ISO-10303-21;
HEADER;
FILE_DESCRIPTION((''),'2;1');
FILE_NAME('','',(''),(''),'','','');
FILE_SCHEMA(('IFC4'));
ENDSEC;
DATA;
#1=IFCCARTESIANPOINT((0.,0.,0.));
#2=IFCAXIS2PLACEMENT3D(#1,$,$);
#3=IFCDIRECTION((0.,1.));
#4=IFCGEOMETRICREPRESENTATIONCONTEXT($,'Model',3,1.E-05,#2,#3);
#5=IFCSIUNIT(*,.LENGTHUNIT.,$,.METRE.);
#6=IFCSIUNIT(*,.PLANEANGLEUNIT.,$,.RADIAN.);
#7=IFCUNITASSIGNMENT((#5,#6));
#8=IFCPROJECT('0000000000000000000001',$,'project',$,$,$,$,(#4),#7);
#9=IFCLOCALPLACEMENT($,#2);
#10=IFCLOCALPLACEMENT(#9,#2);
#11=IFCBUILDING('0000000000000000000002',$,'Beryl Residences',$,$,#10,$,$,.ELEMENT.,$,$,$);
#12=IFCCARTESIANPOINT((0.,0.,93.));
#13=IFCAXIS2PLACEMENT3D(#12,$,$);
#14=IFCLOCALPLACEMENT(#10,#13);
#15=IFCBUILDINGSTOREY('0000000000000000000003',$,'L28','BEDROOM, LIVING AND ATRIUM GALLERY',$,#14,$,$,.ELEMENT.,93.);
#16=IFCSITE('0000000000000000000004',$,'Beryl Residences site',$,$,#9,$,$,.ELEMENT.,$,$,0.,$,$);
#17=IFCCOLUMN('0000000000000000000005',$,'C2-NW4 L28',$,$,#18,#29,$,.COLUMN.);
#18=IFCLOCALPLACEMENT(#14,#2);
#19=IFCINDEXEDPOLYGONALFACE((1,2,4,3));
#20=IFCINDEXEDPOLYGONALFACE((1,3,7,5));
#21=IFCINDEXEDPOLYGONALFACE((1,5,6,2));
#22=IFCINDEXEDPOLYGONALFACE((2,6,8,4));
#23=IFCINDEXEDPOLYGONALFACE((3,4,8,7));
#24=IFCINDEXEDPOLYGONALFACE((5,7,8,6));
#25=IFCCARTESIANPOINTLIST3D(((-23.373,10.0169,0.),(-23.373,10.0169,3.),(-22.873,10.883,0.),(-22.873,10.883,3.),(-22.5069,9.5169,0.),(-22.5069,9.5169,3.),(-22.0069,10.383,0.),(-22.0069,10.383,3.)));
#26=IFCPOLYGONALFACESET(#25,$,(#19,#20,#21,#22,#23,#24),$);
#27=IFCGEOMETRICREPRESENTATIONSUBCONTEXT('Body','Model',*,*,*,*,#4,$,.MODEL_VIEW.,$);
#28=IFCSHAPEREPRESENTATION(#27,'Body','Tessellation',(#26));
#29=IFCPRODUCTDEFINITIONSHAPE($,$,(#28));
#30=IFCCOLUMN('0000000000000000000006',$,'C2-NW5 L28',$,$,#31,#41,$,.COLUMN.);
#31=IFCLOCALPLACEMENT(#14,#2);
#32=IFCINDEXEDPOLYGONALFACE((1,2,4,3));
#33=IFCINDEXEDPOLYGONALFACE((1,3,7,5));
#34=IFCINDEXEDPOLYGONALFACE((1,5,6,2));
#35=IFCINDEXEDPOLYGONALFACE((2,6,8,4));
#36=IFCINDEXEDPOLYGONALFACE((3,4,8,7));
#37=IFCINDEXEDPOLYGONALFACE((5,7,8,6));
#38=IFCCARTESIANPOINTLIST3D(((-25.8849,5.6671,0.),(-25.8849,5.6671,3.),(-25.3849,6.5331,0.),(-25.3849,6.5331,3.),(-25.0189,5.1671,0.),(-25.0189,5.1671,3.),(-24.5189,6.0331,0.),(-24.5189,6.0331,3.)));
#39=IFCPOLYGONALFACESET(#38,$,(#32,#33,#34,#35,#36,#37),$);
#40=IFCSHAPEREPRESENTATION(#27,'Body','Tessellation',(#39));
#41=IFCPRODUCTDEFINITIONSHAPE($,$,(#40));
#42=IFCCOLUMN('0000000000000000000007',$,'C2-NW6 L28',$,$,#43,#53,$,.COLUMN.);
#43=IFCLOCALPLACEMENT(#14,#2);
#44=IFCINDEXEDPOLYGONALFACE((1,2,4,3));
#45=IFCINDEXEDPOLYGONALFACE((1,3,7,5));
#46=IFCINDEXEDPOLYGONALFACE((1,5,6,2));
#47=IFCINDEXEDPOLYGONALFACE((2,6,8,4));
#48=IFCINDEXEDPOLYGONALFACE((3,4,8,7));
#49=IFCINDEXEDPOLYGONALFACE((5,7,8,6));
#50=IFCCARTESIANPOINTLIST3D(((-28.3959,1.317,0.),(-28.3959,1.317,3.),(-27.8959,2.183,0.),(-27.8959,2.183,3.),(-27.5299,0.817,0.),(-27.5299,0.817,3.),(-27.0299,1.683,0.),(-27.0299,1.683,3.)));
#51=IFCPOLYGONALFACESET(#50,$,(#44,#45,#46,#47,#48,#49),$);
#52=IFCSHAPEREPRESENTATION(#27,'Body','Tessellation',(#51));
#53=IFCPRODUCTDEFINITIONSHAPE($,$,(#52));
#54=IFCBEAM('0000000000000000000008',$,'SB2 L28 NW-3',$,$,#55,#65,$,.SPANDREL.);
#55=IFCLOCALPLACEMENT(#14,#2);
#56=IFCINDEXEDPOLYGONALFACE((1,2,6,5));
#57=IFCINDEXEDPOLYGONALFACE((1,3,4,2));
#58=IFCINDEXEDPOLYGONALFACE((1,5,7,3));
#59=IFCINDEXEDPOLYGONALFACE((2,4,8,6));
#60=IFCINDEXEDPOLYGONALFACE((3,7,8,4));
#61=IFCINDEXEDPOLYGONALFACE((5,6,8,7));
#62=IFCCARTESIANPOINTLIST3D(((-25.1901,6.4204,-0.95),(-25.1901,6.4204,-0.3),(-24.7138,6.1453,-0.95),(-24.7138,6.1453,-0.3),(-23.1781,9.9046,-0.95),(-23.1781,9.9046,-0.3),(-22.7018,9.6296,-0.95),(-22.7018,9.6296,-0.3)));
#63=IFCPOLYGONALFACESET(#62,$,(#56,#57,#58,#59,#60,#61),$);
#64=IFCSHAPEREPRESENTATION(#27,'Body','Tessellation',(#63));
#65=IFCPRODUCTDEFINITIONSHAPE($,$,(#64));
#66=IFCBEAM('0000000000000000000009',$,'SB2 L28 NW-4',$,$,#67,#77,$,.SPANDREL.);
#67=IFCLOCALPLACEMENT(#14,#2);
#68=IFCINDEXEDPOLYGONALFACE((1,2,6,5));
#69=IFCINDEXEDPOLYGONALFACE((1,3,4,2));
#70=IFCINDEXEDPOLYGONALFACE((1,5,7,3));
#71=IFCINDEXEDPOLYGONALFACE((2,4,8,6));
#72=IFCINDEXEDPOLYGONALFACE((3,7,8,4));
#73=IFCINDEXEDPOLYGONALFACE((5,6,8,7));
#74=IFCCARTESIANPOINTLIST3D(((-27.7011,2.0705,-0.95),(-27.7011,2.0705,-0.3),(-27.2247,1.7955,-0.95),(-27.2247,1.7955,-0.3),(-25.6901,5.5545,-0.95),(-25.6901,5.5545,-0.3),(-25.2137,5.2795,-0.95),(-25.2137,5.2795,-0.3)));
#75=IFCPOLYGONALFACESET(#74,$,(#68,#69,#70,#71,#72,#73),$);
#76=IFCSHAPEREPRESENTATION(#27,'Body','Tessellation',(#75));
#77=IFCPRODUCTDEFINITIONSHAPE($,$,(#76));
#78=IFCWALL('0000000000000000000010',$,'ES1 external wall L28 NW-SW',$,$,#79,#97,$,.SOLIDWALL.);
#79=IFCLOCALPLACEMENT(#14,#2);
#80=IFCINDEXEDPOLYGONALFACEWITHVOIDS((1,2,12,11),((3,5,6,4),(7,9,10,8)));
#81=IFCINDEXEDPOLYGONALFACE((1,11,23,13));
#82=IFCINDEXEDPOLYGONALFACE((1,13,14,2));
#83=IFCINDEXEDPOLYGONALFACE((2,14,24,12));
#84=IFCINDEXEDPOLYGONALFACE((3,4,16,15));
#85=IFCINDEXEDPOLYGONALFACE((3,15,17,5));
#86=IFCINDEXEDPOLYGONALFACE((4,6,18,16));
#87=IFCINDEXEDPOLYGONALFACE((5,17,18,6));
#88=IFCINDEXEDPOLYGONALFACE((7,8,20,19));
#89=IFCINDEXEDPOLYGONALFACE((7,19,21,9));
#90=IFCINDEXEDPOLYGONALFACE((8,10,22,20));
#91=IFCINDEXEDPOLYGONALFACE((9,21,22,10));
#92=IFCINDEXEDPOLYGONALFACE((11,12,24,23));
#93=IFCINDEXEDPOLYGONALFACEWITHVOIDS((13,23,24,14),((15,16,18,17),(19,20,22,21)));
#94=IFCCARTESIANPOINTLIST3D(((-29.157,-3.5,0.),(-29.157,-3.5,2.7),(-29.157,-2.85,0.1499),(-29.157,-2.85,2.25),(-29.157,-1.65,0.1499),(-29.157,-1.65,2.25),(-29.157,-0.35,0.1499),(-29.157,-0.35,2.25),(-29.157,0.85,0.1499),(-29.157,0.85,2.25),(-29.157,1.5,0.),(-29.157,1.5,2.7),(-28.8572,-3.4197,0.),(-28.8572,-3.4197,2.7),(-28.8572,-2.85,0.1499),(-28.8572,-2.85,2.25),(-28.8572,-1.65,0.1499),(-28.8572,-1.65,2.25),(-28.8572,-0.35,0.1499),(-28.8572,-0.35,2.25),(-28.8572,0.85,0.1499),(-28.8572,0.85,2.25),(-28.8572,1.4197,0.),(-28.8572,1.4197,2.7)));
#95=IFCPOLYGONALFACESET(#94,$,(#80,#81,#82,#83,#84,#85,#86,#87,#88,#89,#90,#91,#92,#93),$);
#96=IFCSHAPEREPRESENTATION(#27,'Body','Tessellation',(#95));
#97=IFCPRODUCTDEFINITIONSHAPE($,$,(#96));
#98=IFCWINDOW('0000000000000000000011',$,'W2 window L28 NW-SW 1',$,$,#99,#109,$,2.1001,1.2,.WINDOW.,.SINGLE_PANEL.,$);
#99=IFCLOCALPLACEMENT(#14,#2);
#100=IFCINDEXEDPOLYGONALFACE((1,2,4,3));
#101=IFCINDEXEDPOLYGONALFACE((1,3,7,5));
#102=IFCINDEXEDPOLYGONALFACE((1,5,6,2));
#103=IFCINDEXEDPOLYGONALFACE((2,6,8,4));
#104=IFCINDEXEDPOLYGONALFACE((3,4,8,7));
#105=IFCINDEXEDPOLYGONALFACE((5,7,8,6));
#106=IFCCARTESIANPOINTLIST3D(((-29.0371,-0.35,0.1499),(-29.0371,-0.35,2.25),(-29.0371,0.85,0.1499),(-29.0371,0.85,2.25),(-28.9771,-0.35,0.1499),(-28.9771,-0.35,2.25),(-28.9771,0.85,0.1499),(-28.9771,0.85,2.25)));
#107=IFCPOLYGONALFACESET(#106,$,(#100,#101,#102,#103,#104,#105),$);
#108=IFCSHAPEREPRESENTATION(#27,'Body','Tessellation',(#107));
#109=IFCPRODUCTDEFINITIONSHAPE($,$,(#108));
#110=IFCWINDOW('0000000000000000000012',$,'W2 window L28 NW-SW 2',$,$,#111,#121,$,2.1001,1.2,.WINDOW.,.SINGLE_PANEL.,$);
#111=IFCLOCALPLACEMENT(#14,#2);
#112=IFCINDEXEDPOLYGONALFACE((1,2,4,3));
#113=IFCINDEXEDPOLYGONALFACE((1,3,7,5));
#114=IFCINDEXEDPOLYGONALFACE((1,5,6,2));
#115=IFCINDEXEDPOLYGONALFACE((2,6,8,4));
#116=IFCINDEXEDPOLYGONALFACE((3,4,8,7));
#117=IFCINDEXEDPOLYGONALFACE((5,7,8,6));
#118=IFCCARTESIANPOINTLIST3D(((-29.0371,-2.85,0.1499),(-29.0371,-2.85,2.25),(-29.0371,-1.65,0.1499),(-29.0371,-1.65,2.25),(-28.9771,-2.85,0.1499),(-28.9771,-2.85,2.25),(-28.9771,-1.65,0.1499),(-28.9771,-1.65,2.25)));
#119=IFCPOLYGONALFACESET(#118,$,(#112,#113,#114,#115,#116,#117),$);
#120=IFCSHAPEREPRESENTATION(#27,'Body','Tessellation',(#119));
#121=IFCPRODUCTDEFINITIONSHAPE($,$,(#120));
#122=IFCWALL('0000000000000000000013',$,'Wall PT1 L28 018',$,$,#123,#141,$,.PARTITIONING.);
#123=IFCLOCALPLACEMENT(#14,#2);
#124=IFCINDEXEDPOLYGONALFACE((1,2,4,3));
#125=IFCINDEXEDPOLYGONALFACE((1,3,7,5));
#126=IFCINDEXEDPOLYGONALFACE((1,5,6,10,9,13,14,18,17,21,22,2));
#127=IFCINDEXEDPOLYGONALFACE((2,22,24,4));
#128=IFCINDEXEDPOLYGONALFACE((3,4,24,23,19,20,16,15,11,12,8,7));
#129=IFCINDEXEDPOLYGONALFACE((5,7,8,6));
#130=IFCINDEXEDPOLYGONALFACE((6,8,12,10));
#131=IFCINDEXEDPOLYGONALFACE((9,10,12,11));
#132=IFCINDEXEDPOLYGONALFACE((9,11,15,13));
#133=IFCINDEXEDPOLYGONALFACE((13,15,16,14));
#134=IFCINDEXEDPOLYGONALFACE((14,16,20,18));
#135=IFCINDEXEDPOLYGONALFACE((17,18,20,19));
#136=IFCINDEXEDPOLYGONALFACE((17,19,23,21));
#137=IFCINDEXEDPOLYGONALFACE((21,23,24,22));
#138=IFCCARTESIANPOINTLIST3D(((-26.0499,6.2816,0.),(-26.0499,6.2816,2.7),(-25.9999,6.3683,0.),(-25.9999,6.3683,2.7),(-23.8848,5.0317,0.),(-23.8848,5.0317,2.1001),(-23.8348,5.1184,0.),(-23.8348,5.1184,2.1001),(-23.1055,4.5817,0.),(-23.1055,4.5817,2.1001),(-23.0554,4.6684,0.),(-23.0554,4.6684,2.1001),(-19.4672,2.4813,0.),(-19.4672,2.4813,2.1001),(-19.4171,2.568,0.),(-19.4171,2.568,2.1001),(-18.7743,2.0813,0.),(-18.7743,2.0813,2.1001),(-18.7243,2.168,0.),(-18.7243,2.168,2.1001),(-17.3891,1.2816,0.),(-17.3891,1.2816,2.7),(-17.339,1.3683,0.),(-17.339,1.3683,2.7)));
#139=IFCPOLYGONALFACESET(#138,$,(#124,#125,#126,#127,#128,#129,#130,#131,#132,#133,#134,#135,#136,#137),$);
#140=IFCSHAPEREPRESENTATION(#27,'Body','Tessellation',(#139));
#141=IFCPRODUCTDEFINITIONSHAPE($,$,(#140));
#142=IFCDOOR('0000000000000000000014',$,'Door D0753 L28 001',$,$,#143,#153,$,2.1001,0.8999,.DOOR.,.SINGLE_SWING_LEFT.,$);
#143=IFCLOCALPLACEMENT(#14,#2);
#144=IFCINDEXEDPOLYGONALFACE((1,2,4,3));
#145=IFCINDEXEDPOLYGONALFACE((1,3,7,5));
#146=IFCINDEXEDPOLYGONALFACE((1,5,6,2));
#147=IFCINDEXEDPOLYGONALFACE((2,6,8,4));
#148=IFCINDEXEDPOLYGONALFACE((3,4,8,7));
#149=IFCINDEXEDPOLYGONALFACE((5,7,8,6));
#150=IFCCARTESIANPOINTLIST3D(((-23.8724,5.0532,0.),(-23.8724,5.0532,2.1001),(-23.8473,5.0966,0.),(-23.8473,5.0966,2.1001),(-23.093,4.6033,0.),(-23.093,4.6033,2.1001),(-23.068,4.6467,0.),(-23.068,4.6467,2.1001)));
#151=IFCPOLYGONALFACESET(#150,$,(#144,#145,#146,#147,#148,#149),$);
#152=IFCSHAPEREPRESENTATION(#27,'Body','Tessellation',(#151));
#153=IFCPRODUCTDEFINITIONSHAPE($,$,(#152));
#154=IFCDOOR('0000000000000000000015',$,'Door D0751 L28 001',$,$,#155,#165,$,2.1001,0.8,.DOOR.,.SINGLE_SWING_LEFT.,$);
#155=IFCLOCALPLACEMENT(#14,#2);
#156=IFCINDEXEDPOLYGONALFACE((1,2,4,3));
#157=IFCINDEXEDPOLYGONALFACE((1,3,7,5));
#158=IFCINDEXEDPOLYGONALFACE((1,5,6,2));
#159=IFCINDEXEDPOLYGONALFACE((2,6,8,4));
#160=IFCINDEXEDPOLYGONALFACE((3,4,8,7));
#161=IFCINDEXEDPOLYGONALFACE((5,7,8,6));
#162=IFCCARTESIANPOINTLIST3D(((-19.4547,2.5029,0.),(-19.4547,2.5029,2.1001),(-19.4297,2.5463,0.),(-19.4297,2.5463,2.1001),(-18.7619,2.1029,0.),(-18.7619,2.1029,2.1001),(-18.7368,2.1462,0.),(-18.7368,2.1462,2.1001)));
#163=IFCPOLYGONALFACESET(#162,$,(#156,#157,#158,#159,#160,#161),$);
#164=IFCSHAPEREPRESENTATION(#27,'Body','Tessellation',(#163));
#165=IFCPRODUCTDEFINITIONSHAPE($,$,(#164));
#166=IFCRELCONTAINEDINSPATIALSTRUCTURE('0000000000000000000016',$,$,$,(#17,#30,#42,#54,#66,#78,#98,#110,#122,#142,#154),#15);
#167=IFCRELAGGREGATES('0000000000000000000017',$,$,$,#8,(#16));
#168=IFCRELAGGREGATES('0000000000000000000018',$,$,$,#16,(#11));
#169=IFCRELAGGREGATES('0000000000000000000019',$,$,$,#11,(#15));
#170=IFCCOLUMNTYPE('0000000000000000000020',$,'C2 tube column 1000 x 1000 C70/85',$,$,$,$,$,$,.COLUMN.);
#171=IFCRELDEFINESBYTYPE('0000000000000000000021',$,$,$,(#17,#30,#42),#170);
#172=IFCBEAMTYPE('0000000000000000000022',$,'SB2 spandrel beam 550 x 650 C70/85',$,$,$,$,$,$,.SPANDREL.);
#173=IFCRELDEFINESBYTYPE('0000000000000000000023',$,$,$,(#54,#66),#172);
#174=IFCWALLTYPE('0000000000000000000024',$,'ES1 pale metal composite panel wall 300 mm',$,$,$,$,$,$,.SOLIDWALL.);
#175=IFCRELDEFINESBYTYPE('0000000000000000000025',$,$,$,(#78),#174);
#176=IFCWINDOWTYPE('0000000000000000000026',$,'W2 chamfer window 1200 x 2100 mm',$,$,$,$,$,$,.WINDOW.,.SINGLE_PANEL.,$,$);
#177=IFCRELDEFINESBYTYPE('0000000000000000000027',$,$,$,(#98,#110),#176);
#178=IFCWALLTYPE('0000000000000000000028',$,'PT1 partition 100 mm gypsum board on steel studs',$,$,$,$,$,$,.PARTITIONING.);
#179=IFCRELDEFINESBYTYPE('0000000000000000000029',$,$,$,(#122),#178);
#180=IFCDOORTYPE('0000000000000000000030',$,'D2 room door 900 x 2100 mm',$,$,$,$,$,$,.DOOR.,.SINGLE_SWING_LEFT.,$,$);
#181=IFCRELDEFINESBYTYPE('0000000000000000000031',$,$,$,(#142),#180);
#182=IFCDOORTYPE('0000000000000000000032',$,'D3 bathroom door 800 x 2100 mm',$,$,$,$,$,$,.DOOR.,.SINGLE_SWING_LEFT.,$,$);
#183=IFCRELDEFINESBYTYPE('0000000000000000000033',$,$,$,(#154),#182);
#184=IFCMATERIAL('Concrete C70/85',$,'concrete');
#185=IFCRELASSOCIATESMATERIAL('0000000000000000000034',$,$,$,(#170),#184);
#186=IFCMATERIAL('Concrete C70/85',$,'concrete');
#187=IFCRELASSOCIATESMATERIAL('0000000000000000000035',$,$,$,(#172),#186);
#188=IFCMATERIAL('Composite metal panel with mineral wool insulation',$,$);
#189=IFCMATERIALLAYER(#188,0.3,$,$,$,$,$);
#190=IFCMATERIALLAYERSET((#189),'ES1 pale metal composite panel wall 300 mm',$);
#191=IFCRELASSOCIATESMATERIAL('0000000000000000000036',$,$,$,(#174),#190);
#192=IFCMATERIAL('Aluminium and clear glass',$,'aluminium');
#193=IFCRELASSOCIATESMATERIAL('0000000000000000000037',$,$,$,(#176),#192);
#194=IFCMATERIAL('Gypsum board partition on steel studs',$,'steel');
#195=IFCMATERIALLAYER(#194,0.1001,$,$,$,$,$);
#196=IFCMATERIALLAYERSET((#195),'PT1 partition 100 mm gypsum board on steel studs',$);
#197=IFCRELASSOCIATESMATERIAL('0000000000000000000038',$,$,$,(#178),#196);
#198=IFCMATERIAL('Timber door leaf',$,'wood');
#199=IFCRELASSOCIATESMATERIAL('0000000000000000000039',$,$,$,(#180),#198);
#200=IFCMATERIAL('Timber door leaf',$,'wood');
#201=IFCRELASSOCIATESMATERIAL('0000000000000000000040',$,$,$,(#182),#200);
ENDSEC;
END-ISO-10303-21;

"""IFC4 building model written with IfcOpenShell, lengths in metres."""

from ifc_helpers import new_model, si_unit, direction, frame, frame_2d, origin, origin_2d, place, context, subcontext, project, spatial, polyline, rectangle, outline, extrude, material, layer, layer_set, material_profile, profile_set, type_object, element, fill, save


model = new_model("IFC4")

# Units and contexts
model_context = context("Model", 3, precision=1e-05, world=origin(), true_north=direction((0.0, 1.0)))
body_context = subcontext(model_context, "Body", "Model", "MODEL_VIEW")
ifc_project = project(units=[si_unit("LENGTHUNIT", "METRE"), si_unit("PLANEANGLEUNIT", "RADIAN")], contexts=[model_context])

# Site, building, storey
site_placement = place(None, origin())
site = spatial("IfcSite", under=ifc_project, at=site_placement, Name="Beryl Residences site", CompositionType="ELEMENT", RefElevation=0.0)
building_placement = place(site_placement, origin())
building = spatial("IfcBuilding", under=site, at=building_placement, Name="Beryl Residences", CompositionType="ELEMENT")
storey_placement = place(building_placement, frame((0.0, 0.0, 93.0)))
storey = spatial("IfcBuildingStorey", under=building, at=storey_placement, Name="L28", Description="BEDROOM, LIVING AND ATRIUM GALLERY", CompositionType="ELEMENT", Elevation=93.0)

# Columns
ifc_material_1 = material(Name="Concrete C70/85", Category="concrete")
ifc_material_profile_1 = material_profile(ifc_material_1, rectangle(XDim=1.0, YDim=1.0, at=origin_2d()))
ifc_profile_set_1 = profile_set([ifc_material_profile_1], Name="Concrete C70/85")
column_type = type_object("IfcColumnType", Name="C2 tube column 1000 x 1000 C70/85", PredefinedType="COLUMN", material=ifc_profile_set_1)
for number, where, z_axis, x_axis, name in (
    (1, (-22.6899, 10.2, 0.0), (0.0, 0.0, 1.0), (-0.5, -0.866025, 0.0), "C2-NW4 L28"),
    (2, (-25.2019, 5.8501, 0.0), (0.0, 0.0, 1.0), (-0.5, -0.866025, 0.0), "C2-NW5 L28"),
    (3, (-27.7129, 1.5, 0.0), (0.0, 0.0, 1.0), (-0.5, -0.866025, 0.0), "C2-NW6 L28"),
):
    element("IfcColumn", number, at=place(storey_placement, frame(where, z_axis=z_axis, x_axis=x_axis)), inside=storey, type_object=column_type, Name=name, PredefinedType="COLUMN", context=body_context, shape_type="SweptSolid", body=[
        extrude(rectangle(XDim=1.0, YDim=1.0, at=origin_2d()), origin(), (0.0, 0.0, 1.0), 3.0),
    ])

# Beams
ifc_material_2 = material(Name="Concrete C70/85", Category="concrete")
ifc_material_profile_2 = material_profile(ifc_material_2, rectangle(XDim=0.55, YDim=0.6499, at=origin_2d()))
ifc_profile_set_2 = profile_set([ifc_material_profile_2], Name="Concrete C70/85")
beam_type = type_object("IfcBeamType", Name="SB2 spandrel beam 550 x 650 C70/85", PredefinedType="SPANDREL", material=ifc_profile_set_2)
beam_1_placement = place(storey_placement, frame((-22.9399, 9.7671, -0.625), z_axis=(-0.500074, -0.865982, 0.0), x_axis=(0.865982, -0.500074, 0.0)))
element("IfcBeam", 4, at=beam_1_placement, inside=storey, type_object=beam_type, Name="SB2 L28 NW-3", PredefinedType="SPANDREL", context=body_context, shape_type="SweptSolid", body=[
    extrude(rectangle(XDim=0.55, YDim=0.6499, at=origin_2d()), origin(), (0.0, 0.0, 1.0), 4.0234),
])
beam_2_placement = place(storey_placement, frame((-25.4519, 5.417, -0.625), z_axis=(-0.499919, -0.866072, 0.0), x_axis=(0.866072, -0.499919, 0.0)))
element("IfcBeam", 5, at=beam_2_placement, inside=storey, type_object=beam_type, Name="SB2 L28 NW-4", PredefinedType="SPANDREL", context=body_context, shape_type="SweptSolid", body=[
    extrude(rectangle(XDim=0.55, YDim=0.6499, at=origin_2d()), origin(), (0.0, 0.0, 1.0), 4.0227),
])

# Wall, openings, windows
ifc_material_3 = material(Name="Composite metal panel with mineral wool insulation")
ifc_layer_1 = layer(ifc_material_3, 0.3)
ifc_layer_set_1 = layer_set([ifc_layer_1], Name="ES1 pale metal composite panel wall 300 mm")
wall_type_1 = type_object("IfcWallType", Name="ES1 pale metal composite panel wall 300 mm", PredefinedType="SOLIDWALL", material=ifc_layer_set_1)
wall_1_placement = place(storey_placement, frame((-29.0071, 1.5, 0.0), z_axis=(0.0, 0.0, 1.0), x_axis=(0.0, -1.0, 0.0)))
wall_1 = element("IfcWall", 6, at=wall_1_placement, inside=storey, type_object=wall_type_1, Name="ES1 external wall L28 NW-SW", PredefinedType="SOLIDWALL", context=body_context, shape_type="SweptSolid", body=[
    extrude(outline(polyline([(0.0, -0.1499), (5.0, -0.1499), (4.9197, 0.1499), (0.0803, 0.1499), (0.0, -0.1499)])), origin(), (0.0, 0.0, 1.0), 2.7),
])
opening_1_placement = place(wall_1_placement, frame((0.6499, 0.0, 0.1499)))
opening_1 = element("IfcOpeningElement", 7, at=opening_1_placement, cuts=wall_1, PredefinedType="OPENING", context=body_context, shape_type="SweptSolid", body=[
    extrude(rectangle(XDim=1.2, YDim=2.1001, at=frame_2d((0.6001, 1.05))), frame((0.0, 0.1599, 0.0), z_axis=(0.0, -1.0, 0.0), x_axis=(1.0, 0.0, 0.0)), (0.0, 0.0, 1.0), 0.3201),
])
opening_2_placement = place(wall_1_placement, frame((3.1499, 0.0, 0.1499)))
opening_2 = element("IfcOpeningElement", 8, at=opening_2_placement, cuts=wall_1, PredefinedType="OPENING", context=body_context, shape_type="SweptSolid", body=[
    extrude(rectangle(XDim=1.2, YDim=2.1001, at=frame_2d((0.6001, 1.05))), frame((0.0, 0.1599, 0.0), z_axis=(0.0, -1.0, 0.0), x_axis=(1.0, 0.0, 0.0)), (0.0, 0.0, 1.0), 0.3201),
])
ifc_material_4 = material(Name="Aluminium and clear glass", Category="aluminium")
window_type = type_object("IfcWindowType", Name="W2 chamfer window 1200 x 2100 mm", PartitioningType="SINGLE_PANEL", PredefinedType="WINDOW", material=ifc_material_4)
window_1_placement = place(opening_1_placement, origin())
window_1 = element("IfcWindow", 9, at=window_1_placement, inside=storey, type_object=window_type, Name="W2 window L28 NW-SW 1", OverallHeight=2.1001, OverallWidth=1.2, PartitioningType="SINGLE_PANEL", PredefinedType="WINDOW", context=body_context, shape_type="SweptSolid", body=[
    extrude(rectangle(XDim=1.2, YDim=2.1001, at=frame_2d((0.6001, 1.05))), frame((0.0, 0.03, 0.0), z_axis=(0.0, -1.0, 0.0), x_axis=(1.0, 0.0, 0.0)), (0.0, 0.0, 1.0), 0.0601),
])
fill(opening_1, window_1)
window_2_placement = place(opening_2_placement, origin())
window_2 = element("IfcWindow", 10, at=window_2_placement, inside=storey, type_object=window_type, Name="W2 window L28 NW-SW 2", OverallHeight=2.1001, OverallWidth=1.2, PartitioningType="SINGLE_PANEL", PredefinedType="WINDOW", context=body_context, shape_type="SweptSolid", body=[
    extrude(rectangle(XDim=1.2, YDim=2.1001, at=frame_2d((0.6001, 1.05))), frame((0.0, 0.03, 0.0), z_axis=(0.0, -1.0, 0.0), x_axis=(1.0, 0.0, 0.0)), (0.0, 0.0, 1.0), 0.0601),
])
fill(opening_2, window_2)

# Wall, openings, doors
ifc_material_5 = material(Name="Gypsum board partition on steel studs", Category="steel")
ifc_layer_2 = layer(ifc_material_5, 0.1001)
ifc_layer_set_2 = layer_set([ifc_layer_2], Name="PT1 partition 100 mm gypsum board on steel studs")
wall_type_2 = type_object("IfcWallType", Name="PT1 partition 100 mm gypsum board on steel studs", PredefinedType="PARTITIONING", material=ifc_layer_set_2)
wall_2_placement = place(storey_placement, frame((-26.0249, 6.325, 0.0), z_axis=(0.0, 0.0, 1.0), x_axis=(0.866041, -0.499973, 0.0)))
wall_2 = element("IfcWall", 11, at=wall_2_placement, inside=storey, type_object=wall_type_2, Name="Wall PT1 L28 018", PredefinedType="PARTITIONING", context=body_context, shape_type="SweptSolid", body=[
    extrude(rectangle(XDim=10.0005, YDim=0.1001, at=frame_2d((5.0002, 0.0))), origin(), (0.0, 0.0, 1.0), 2.7),
])
opening_3_placement = place(wall_2_placement, frame((7.6011, 0.0, 0.0)))
opening_3 = element("IfcOpeningElement", 12, at=opening_3_placement, cuts=wall_2, PredefinedType="OPENING", context=body_context, shape_type="SweptSolid", body=[
    extrude(rectangle(XDim=0.8, YDim=2.1001, at=frame_2d((0.3999, 1.05))), frame((0.0, 0.0601, 0.0), z_axis=(0.0, -1.0, 0.0), x_axis=(1.0, 0.0, 0.0)), (0.0, 0.0, 1.0), 0.1201),
])
opening_4_placement = place(wall_2_placement, frame((2.5, 0.0, 0.0)))
opening_4 = element("IfcOpeningElement", 13, at=opening_4_placement, cuts=wall_2, PredefinedType="OPENING", context=body_context, shape_type="SweptSolid", body=[
    extrude(rectangle(XDim=0.8999, YDim=2.1001, at=frame_2d((0.45, 1.05))), frame((0.0, 0.0601, 0.0), z_axis=(0.0, -1.0, 0.0), x_axis=(1.0, 0.0, 0.0)), (0.0, 0.0, 1.0), 0.1201),
])
ifc_material_6 = material(Name="Timber door leaf", Category="wood")
door_type_1 = type_object("IfcDoorType", Name="D2 room door 900 x 2100 mm", OperationType="SINGLE_SWING_LEFT", PredefinedType="DOOR", material=ifc_material_6)
door_1_placement = place(opening_4_placement, origin())
door_1 = element("IfcDoor", 14, at=door_1_placement, inside=storey, type_object=door_type_1, Name="Door D0753 L28 001", OperationType="SINGLE_SWING_LEFT", OverallHeight=2.1001, OverallWidth=0.8999, PredefinedType="DOOR", context=body_context, shape_type="SweptSolid", body=[
    extrude(rectangle(XDim=0.8999, YDim=2.1001, at=frame_2d((0.45, 1.05))), frame((0.0, 0.0249, 0.0), z_axis=(0.0, -1.0, 0.0), x_axis=(1.0, 0.0, 0.0)), (0.0, 0.0, 1.0), 0.05),
])
fill(opening_4, door_1)
ifc_material_7 = material(Name="Timber door leaf", Category="wood")
door_type_2 = type_object("IfcDoorType", Name="D3 bathroom door 800 x 2100 mm", OperationType="SINGLE_SWING_LEFT", PredefinedType="DOOR", material=ifc_material_7)
door_2_placement = place(opening_3_placement, origin())
door_2 = element("IfcDoor", 15, at=door_2_placement, inside=storey, type_object=door_type_2, Name="Door D0751 L28 001", OperationType="SINGLE_SWING_LEFT", OverallHeight=2.1001, OverallWidth=0.8, PredefinedType="DOOR", context=body_context, shape_type="SweptSolid", body=[
    extrude(rectangle(XDim=0.8, YDim=2.1001, at=frame_2d((0.3999, 1.05))), frame((0.0, 0.0249, 0.0), z_axis=(0.0, -1.0, 0.0), x_axis=(1.0, 0.0, 0.0)), (0.0, 0.0, 1.0), 0.05),
])
fill(opening_3, door_2)

save(model, "model.ifc")
